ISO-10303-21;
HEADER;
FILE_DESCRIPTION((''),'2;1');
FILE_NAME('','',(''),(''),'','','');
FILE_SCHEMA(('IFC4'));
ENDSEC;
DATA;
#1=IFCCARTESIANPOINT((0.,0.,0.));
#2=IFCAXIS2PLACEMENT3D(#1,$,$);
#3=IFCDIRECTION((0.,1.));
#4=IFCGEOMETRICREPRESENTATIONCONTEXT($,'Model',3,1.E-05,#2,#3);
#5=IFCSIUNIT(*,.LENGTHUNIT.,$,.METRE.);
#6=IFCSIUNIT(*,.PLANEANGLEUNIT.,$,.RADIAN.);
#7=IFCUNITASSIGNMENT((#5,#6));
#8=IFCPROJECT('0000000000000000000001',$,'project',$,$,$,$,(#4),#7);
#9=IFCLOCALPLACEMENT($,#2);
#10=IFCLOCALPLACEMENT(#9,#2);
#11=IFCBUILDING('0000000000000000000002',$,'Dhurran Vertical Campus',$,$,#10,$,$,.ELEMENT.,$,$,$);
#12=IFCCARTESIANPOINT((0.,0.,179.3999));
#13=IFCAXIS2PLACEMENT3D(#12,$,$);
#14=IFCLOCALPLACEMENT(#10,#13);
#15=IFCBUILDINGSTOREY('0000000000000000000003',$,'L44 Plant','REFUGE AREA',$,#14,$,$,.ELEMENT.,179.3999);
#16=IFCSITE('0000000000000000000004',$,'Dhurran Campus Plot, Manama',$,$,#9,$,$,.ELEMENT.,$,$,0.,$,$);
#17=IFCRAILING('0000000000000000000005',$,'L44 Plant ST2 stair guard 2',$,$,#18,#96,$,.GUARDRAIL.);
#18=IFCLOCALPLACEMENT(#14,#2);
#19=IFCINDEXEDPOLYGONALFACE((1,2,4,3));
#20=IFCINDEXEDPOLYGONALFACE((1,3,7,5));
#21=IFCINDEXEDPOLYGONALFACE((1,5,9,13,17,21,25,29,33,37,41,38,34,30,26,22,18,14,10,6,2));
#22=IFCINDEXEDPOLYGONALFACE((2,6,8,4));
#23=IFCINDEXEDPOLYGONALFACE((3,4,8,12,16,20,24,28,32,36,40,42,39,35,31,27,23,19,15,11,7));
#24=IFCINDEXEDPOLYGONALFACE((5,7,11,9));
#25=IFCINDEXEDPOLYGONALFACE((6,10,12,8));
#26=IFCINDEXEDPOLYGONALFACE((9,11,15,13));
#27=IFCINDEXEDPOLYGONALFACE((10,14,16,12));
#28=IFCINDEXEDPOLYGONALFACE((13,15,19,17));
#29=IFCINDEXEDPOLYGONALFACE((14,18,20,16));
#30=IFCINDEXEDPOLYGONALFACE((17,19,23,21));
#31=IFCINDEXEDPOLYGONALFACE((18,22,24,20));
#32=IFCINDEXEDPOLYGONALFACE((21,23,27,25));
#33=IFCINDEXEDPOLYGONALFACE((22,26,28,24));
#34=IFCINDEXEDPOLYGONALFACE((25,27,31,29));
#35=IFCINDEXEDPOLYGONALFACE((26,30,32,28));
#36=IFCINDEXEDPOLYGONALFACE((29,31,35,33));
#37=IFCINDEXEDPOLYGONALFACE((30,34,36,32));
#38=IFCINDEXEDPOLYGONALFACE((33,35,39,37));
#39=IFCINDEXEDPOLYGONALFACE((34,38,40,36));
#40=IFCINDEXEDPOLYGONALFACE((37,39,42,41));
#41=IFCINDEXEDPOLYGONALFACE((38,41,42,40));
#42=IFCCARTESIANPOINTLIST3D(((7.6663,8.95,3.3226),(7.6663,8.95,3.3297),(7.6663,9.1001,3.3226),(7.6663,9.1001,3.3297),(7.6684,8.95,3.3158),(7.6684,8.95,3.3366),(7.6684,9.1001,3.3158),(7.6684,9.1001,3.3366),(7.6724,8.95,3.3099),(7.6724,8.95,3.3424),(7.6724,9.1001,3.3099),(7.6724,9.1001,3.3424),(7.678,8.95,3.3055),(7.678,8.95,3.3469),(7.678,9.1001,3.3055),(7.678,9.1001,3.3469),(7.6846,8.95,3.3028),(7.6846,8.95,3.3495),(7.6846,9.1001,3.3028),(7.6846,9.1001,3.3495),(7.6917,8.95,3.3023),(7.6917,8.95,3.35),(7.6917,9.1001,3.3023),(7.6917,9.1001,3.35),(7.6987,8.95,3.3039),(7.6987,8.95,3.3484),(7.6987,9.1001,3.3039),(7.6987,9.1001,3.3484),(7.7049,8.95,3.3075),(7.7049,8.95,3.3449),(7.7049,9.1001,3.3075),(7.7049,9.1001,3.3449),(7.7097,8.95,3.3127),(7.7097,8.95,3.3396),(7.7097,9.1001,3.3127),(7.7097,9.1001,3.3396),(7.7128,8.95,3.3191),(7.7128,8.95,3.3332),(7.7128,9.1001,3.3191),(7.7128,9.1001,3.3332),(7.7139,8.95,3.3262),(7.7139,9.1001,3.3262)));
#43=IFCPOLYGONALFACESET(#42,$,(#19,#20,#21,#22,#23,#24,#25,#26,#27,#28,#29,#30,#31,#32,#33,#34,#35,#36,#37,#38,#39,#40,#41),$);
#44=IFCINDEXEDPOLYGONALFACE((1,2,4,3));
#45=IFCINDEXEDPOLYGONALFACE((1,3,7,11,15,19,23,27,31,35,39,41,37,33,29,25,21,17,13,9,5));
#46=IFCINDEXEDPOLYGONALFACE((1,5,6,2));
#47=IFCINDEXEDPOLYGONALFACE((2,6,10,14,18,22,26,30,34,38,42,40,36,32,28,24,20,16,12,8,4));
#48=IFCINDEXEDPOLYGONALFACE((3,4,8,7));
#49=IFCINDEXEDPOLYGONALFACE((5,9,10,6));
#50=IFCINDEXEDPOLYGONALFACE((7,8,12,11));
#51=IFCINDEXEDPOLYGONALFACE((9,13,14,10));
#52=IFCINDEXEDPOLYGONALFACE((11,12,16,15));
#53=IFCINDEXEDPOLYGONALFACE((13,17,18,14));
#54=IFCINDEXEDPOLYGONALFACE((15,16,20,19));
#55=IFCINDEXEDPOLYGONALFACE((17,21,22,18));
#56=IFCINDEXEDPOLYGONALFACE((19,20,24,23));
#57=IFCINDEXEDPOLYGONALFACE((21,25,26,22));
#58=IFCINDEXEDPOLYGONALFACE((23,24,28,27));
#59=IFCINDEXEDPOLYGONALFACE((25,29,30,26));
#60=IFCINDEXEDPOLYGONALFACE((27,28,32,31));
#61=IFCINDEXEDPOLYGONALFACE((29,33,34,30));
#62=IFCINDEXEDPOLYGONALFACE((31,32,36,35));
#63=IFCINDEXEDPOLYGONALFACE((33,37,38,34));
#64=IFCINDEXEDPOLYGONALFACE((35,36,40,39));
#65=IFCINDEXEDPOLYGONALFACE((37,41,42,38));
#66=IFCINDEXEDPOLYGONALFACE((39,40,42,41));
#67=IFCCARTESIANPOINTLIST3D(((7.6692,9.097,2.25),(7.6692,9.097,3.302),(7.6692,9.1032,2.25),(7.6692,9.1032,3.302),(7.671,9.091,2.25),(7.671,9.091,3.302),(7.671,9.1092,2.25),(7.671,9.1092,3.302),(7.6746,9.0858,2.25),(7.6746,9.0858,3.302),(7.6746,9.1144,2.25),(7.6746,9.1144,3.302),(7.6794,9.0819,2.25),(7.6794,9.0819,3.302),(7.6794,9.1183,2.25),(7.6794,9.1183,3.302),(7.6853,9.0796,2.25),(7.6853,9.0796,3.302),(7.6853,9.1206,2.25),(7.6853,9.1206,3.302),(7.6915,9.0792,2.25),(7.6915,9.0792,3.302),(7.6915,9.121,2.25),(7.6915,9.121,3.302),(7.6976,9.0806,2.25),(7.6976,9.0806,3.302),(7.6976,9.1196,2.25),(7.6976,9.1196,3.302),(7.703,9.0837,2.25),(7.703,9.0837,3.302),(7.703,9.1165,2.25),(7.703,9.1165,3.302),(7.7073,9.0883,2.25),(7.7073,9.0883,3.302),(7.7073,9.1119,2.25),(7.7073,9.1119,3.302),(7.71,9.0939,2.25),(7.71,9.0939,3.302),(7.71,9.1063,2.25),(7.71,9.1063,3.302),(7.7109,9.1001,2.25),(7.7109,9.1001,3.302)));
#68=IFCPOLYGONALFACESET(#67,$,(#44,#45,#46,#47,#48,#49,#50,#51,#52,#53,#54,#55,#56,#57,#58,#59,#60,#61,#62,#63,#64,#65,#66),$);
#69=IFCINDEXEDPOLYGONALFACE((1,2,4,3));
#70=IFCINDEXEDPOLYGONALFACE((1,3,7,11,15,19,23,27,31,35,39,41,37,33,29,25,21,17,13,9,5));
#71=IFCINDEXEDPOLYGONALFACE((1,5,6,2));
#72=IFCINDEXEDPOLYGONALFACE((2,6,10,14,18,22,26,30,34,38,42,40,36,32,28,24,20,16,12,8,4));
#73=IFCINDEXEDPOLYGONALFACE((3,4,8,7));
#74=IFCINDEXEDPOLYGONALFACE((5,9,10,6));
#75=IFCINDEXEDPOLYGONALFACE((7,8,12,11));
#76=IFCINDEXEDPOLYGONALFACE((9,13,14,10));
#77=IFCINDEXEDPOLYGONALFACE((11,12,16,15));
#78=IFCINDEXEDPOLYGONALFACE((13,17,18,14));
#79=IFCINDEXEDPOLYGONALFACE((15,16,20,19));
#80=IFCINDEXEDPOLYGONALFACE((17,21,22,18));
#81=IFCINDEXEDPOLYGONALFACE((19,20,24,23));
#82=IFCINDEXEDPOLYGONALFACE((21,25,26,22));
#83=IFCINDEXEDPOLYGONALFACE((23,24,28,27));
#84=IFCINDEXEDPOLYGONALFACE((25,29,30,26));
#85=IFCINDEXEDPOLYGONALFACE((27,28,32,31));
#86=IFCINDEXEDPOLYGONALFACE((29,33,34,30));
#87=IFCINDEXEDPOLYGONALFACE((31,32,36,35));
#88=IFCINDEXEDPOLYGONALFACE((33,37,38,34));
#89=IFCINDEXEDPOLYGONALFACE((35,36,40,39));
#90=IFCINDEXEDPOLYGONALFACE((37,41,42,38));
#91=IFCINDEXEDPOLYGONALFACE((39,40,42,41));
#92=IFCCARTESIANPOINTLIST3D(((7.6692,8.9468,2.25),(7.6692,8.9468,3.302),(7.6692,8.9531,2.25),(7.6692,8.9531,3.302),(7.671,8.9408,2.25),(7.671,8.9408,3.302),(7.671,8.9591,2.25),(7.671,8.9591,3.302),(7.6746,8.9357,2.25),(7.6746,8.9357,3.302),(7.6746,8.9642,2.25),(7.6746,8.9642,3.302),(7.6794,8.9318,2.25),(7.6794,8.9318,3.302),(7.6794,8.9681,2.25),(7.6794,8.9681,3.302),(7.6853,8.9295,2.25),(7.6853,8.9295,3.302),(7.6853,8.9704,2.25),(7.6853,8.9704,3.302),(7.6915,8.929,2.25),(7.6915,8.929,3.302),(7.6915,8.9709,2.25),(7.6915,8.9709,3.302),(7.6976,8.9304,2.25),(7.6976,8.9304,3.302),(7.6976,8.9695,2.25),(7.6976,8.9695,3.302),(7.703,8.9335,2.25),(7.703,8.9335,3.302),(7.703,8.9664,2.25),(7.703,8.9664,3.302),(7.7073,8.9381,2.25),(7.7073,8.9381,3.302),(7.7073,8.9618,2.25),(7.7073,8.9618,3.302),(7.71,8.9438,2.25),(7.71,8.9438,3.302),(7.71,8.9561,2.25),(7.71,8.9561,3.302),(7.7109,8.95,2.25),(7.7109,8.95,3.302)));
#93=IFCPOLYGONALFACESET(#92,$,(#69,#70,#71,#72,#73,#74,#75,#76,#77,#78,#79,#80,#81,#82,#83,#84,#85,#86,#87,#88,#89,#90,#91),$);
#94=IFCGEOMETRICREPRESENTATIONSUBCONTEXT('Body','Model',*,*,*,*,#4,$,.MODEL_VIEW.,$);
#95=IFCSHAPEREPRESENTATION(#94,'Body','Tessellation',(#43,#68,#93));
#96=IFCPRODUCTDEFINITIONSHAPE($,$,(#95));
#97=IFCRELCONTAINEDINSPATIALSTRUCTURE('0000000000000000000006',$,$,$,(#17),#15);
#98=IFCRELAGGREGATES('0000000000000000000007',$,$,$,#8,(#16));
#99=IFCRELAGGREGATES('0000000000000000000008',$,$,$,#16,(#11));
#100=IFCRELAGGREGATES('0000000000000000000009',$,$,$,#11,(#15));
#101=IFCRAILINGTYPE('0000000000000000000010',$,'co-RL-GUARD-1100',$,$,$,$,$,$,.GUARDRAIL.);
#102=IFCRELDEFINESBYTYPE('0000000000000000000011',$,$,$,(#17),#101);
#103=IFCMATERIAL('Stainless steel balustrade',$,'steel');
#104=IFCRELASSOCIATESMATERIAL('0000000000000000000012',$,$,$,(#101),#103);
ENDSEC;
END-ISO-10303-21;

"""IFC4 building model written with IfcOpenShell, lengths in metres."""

from ifc_helpers import new_model, si_unit, direction, frame, origin, origin_2d, place, context, subcontext, project, spatial, circle, extrude, material, type_object, element, save


model = new_model("IFC4")

# Units and contexts
model_context = context("Model", 3, precision=1e-05, world=origin(), true_north=direction((0.0, 1.0)))
body_context = subcontext(model_context, "Body", "Model", "MODEL_VIEW")
ifc_project = project(units=[si_unit("LENGTHUNIT", "METRE"), si_unit("PLANEANGLEUNIT", "RADIAN")], contexts=[model_context])

# Site, building, storey
site_placement = place(None, origin())
site = spatial("IfcSite", under=ifc_project, at=site_placement, Name="Dhurran Campus Plot, Manama", CompositionType="ELEMENT", RefElevation=0.0)
building_placement = place(site_placement, origin())
building = spatial("IfcBuilding", under=site, at=building_placement, Name="Dhurran Vertical Campus", CompositionType="ELEMENT")
storey_placement = place(building_placement, frame((0.0, 0.0, 179.3999)))
storey = spatial("IfcBuildingStorey", under=building, at=storey_placement, Name="L44 Plant", Description="REFUGE AREA", CompositionType="ELEMENT", Elevation=179.3999)

# Railing
ifc_material_1 = material(Name="Stainless steel balustrade", Category="steel")
railing_type_1 = type_object("IfcRailingType", Name="co-RL-GUARD-1100", PredefinedType="GUARDRAIL", material=ifc_material_1)
railing_1_placement = place(storey_placement, frame((7.6899, 9.1001, 2.25)))
element("IfcRailing", 1, at=railing_1_placement, inside=storey, type_object=railing_type_1, Name="L44 Plant ST2 stair guard 2", PredefinedType="GUARDRAIL", context=body_context, shape_type="SweptSolid", body=[
    extrude(circle(Radius=0.0239, at=origin_2d()), frame((0.0, 0.0, 1.0762), z_axis=(0.0, -1.0, 0.0), x_axis=(1.0, 0.0, 0.0)), (0.0, 0.0, 1.0), 0.1501),
    extrude(circle(Radius=0.021, at=origin_2d()), origin(), (0.0, 0.0, 1.0), 1.052),
    extrude(circle(Radius=0.021, at=origin_2d()), frame((0.0, -0.1501, 0.0)), (0.0, 0.0, 1.0), 1.052),
])

save(model, "model.ifc")
